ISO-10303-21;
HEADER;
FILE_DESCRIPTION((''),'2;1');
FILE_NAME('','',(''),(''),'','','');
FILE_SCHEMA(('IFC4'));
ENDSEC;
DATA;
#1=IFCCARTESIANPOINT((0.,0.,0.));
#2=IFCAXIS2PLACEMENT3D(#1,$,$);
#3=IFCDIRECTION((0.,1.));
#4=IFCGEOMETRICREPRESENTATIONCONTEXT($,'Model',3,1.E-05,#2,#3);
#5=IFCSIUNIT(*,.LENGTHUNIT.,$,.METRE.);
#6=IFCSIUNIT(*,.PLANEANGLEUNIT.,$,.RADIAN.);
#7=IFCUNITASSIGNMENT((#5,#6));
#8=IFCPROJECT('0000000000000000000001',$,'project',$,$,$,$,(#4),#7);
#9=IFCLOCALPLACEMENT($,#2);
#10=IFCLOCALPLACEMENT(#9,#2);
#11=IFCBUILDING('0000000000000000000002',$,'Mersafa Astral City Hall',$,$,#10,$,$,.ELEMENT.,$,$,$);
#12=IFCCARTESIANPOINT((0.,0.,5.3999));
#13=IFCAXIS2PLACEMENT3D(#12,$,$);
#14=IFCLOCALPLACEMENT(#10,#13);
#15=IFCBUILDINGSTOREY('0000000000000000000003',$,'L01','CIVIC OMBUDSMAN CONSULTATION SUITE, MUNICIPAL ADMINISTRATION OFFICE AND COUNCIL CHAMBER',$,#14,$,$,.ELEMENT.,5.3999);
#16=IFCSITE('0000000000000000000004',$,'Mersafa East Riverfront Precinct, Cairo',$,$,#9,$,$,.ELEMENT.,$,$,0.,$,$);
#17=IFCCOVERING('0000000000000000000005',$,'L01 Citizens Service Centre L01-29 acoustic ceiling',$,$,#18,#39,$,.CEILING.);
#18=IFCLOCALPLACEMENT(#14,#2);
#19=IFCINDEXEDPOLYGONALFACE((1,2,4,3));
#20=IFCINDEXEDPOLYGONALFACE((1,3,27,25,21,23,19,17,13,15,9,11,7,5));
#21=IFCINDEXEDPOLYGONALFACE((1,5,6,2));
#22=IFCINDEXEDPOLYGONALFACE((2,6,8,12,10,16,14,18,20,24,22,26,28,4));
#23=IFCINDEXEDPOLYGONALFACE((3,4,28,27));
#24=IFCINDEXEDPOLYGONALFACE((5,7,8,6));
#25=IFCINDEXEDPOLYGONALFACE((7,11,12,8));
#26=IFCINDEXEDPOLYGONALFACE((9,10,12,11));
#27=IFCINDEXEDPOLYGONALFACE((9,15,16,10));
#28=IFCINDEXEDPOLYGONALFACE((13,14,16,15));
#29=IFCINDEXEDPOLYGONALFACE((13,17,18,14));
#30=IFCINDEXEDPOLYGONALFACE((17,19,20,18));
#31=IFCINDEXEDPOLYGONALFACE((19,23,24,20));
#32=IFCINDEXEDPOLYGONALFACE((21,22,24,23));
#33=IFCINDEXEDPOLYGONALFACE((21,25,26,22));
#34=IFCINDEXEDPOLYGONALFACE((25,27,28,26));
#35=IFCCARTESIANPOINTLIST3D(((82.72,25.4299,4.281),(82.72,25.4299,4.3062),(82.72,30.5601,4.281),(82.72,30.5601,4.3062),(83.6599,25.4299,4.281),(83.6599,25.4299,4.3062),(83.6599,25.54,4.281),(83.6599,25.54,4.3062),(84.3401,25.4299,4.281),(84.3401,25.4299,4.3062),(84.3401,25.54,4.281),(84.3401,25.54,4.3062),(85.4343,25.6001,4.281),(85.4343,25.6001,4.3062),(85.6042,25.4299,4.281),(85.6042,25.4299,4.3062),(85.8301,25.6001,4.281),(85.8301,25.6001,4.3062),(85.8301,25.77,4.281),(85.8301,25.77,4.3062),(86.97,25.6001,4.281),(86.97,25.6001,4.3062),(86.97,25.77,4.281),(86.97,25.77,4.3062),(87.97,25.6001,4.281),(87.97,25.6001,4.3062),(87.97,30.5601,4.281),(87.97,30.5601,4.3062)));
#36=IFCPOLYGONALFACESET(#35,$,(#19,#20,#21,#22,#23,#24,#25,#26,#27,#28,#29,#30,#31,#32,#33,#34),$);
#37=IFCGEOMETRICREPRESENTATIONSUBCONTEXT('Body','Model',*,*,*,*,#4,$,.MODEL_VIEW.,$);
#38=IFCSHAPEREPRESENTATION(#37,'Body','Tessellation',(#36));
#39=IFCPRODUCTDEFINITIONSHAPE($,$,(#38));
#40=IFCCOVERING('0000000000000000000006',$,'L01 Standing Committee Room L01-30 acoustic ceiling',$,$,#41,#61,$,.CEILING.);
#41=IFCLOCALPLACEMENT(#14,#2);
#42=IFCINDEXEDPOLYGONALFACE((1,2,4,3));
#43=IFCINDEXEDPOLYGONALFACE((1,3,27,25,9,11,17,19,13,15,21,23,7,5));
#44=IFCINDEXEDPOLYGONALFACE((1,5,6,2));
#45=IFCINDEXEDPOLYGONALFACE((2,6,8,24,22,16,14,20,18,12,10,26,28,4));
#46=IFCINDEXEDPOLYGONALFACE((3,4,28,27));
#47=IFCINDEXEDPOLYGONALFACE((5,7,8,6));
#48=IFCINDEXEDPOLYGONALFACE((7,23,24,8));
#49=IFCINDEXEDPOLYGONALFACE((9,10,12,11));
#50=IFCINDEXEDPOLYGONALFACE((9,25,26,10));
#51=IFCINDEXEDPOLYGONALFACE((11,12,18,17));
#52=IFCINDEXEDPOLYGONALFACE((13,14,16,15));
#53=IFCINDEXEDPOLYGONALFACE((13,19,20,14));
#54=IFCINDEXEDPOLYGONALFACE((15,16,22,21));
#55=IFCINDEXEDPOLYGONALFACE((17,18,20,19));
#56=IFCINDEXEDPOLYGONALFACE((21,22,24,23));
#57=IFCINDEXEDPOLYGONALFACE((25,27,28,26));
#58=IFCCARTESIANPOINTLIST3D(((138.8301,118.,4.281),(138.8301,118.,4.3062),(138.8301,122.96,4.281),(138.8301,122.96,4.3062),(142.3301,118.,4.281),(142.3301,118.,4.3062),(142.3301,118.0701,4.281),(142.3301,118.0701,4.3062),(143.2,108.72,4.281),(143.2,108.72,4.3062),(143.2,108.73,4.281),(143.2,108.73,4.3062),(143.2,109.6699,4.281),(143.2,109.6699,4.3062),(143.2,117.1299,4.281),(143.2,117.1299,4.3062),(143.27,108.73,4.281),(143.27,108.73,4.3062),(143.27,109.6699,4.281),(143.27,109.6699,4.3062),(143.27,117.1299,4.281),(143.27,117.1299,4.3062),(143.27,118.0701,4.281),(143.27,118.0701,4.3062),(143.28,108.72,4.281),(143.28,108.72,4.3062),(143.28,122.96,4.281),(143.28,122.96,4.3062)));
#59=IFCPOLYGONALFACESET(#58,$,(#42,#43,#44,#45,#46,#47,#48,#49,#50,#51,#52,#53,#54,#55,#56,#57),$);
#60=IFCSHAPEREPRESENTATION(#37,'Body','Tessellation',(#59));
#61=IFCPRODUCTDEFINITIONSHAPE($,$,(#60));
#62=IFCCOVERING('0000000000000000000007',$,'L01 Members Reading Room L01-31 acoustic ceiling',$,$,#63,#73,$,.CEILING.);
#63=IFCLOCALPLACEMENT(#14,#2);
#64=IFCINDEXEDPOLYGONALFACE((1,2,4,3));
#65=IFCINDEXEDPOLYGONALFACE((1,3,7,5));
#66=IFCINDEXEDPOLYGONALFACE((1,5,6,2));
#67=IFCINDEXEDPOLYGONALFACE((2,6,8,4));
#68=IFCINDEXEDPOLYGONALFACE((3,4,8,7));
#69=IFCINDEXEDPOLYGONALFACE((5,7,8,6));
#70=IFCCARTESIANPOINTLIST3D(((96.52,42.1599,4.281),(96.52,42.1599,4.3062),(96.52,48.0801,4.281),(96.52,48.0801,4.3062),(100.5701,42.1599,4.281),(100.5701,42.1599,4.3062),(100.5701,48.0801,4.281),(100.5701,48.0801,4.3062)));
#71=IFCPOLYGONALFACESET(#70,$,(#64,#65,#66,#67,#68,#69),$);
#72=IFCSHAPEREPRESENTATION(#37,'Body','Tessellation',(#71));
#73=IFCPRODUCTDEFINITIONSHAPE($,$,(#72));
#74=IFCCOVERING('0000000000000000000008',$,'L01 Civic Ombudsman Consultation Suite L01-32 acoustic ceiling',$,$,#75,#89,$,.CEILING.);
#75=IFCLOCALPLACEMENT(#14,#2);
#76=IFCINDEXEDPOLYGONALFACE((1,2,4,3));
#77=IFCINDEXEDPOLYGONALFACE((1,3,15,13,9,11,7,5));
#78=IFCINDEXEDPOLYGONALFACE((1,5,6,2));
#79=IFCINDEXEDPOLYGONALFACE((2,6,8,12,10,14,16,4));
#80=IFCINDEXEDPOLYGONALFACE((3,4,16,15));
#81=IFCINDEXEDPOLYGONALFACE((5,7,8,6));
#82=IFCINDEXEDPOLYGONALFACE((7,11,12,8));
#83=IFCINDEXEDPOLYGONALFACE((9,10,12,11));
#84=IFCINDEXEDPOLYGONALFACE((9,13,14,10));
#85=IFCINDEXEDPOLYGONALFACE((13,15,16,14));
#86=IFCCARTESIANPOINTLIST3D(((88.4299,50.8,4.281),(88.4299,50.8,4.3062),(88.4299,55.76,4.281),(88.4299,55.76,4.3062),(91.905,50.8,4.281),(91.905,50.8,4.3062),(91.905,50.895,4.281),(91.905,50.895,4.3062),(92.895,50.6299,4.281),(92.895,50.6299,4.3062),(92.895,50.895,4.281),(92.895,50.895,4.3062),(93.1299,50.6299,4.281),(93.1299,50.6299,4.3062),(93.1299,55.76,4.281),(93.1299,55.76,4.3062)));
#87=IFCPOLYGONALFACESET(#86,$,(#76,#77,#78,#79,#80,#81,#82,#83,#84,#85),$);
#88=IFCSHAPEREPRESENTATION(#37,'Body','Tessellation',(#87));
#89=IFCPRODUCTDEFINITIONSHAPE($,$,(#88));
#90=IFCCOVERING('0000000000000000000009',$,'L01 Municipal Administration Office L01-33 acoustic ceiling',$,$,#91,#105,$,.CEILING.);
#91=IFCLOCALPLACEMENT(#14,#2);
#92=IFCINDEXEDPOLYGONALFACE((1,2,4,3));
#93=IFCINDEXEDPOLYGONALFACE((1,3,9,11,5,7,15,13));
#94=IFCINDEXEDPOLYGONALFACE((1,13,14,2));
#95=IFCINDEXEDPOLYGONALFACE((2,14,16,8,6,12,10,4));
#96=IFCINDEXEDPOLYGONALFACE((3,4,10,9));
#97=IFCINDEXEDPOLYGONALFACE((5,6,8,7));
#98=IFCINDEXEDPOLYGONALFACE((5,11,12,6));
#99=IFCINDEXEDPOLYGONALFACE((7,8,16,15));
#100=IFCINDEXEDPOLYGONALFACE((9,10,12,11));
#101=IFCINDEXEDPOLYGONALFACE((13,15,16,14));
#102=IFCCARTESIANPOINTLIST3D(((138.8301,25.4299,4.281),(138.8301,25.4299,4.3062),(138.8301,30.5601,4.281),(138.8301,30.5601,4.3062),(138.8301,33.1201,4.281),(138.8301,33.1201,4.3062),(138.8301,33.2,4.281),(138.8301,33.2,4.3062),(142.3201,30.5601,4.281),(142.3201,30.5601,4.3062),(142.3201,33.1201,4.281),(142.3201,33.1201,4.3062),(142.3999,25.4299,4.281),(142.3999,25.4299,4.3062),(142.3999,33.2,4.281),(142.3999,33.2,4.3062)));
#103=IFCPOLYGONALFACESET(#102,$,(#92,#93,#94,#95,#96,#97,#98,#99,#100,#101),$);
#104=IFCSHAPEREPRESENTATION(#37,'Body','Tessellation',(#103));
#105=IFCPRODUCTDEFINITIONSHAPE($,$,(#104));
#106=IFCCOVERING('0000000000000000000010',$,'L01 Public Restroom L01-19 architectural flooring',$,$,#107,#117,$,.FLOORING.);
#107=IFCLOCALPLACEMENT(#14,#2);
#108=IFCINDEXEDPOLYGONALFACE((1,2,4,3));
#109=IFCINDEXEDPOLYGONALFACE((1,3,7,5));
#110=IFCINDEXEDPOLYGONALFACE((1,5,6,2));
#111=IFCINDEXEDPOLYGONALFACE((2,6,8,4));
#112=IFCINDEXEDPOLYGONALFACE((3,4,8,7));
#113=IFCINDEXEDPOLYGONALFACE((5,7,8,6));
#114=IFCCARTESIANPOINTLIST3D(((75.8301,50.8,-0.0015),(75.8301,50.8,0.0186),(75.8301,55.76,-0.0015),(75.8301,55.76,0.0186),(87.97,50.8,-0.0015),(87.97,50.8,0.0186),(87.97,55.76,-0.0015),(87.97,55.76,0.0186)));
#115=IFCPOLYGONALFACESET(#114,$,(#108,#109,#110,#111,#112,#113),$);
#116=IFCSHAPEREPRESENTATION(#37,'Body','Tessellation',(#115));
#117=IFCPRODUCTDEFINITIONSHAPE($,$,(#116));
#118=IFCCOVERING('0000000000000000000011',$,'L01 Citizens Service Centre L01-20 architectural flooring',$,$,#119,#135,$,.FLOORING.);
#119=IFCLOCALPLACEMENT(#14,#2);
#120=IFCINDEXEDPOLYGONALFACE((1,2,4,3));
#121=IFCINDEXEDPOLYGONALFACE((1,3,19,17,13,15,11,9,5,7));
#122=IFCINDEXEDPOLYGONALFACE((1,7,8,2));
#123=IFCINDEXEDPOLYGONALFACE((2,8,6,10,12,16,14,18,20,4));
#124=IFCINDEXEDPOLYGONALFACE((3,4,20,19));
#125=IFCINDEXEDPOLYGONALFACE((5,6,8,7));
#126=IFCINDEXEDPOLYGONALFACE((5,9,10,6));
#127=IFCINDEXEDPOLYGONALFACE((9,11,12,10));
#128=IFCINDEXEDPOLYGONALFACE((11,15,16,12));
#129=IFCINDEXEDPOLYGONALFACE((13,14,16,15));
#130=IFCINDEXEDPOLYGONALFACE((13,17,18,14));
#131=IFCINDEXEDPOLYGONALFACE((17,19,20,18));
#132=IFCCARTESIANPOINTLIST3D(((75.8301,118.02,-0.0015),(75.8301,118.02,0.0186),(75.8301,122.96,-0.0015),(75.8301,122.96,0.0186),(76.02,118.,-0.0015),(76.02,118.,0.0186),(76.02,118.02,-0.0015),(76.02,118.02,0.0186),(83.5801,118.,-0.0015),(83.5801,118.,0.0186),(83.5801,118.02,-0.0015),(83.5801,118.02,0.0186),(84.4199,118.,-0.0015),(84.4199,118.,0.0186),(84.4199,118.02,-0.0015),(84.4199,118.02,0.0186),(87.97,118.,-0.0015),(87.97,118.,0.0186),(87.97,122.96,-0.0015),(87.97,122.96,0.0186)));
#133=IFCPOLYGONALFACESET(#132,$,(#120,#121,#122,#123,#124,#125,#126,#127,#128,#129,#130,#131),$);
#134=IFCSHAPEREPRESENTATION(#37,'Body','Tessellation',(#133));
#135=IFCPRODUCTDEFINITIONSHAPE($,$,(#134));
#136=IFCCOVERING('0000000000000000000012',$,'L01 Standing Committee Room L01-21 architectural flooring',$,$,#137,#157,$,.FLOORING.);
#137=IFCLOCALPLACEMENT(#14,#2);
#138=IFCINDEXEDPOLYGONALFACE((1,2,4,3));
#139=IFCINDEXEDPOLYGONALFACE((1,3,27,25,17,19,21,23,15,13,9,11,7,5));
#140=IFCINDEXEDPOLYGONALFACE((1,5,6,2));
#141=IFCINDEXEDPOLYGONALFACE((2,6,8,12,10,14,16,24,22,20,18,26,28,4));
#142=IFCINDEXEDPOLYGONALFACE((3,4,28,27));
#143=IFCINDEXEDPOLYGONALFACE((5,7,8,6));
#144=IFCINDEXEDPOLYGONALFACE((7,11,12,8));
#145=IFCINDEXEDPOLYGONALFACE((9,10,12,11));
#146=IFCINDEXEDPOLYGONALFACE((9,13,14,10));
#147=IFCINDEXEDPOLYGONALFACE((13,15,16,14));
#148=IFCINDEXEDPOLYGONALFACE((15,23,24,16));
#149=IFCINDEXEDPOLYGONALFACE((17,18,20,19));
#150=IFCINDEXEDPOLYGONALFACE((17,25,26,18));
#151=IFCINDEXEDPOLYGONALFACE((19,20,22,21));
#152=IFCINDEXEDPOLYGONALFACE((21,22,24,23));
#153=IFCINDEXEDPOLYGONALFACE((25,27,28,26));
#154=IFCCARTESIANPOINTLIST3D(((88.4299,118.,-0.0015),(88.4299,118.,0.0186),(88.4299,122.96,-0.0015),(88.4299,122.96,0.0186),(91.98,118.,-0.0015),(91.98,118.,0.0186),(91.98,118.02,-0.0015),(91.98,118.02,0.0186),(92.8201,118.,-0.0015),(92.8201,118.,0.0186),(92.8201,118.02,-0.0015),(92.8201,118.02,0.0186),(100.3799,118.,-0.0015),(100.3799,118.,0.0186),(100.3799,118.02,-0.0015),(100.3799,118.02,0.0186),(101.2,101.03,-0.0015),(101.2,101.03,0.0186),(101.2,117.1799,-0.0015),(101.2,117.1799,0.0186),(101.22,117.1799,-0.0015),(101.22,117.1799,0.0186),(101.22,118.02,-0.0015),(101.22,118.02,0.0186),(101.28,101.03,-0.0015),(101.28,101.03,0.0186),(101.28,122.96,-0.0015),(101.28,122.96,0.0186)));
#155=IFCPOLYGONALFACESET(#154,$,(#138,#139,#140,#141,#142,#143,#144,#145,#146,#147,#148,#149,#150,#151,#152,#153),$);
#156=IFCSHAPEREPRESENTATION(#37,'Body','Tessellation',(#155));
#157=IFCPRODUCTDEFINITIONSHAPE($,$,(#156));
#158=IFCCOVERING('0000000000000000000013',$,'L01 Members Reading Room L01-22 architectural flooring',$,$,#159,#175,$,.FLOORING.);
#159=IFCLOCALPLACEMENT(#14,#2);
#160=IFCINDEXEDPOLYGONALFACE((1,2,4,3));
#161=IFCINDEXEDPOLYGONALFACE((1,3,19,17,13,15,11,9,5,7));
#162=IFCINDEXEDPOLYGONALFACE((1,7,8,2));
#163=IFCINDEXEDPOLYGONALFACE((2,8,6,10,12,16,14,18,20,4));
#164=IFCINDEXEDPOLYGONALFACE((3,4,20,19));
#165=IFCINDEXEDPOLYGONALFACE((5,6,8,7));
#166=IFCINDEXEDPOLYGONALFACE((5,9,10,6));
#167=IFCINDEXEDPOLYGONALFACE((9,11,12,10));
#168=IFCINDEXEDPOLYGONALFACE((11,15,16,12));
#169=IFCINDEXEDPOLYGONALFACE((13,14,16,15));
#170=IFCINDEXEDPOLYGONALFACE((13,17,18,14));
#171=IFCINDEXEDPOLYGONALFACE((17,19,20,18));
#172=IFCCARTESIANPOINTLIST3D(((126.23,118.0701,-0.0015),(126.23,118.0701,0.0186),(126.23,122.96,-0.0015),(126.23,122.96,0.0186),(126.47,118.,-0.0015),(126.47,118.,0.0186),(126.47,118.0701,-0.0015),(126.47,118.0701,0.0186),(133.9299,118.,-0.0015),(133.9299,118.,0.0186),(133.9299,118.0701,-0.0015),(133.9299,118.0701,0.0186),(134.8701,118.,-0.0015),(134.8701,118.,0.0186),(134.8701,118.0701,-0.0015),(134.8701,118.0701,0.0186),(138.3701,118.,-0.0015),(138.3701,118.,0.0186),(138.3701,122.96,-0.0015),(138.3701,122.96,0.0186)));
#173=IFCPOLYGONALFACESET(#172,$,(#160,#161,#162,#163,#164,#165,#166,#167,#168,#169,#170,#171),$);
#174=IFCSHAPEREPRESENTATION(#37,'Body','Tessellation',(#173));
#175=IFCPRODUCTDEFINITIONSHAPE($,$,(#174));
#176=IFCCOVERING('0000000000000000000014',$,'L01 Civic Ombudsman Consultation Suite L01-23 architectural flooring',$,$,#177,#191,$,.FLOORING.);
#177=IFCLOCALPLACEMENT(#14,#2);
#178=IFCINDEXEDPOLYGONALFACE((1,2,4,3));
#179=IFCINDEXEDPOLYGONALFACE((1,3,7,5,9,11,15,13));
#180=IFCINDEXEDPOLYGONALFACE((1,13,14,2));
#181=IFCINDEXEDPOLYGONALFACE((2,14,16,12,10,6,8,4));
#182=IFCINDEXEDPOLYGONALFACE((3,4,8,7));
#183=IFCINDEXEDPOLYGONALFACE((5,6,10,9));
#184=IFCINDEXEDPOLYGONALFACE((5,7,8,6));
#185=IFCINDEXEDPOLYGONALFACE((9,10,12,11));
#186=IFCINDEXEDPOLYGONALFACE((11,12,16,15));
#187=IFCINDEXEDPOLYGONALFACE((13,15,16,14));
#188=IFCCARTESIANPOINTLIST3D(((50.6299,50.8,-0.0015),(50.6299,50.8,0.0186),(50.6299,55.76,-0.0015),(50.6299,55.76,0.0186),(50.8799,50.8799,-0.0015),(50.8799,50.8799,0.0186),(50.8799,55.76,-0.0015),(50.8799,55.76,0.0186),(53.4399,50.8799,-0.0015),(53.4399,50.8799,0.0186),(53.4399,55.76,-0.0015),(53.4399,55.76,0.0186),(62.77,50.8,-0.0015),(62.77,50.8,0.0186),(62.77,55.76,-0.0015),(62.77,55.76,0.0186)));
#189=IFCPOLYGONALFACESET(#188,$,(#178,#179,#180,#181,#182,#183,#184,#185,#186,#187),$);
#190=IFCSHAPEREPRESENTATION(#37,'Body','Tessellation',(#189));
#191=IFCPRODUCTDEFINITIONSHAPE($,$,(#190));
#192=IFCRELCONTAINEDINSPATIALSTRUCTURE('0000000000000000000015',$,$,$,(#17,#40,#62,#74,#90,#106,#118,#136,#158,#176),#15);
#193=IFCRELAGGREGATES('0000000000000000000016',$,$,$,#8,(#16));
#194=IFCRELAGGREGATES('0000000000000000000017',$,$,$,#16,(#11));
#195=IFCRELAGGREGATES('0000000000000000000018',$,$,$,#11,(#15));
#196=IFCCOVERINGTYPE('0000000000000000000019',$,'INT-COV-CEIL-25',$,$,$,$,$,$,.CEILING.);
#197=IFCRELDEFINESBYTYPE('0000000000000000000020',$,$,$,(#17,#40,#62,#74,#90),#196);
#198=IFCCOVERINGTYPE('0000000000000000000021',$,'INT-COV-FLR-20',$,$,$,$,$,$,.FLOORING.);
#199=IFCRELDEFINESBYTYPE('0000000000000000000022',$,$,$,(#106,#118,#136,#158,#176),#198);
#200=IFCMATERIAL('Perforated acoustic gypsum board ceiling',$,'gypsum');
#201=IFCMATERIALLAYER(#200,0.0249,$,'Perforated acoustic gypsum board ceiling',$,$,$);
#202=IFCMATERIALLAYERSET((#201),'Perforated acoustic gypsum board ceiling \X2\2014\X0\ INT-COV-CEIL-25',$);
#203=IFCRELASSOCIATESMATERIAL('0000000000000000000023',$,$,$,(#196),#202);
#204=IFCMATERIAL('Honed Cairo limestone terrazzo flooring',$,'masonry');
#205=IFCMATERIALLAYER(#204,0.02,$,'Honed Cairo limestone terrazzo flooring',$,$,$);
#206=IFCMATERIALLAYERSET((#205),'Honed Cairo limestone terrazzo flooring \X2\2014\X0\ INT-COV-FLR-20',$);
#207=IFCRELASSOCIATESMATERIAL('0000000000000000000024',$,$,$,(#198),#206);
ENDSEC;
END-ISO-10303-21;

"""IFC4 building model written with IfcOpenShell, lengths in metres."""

from ifc_helpers import new_model, si_unit, direction, frame, origin, place, context, subcontext, project, spatial, polyline, outline, extrude, material, layer, layer_set, type_object, element, save


model = new_model("IFC4")

# Units and contexts
model_context = context("Model", 3, precision=1e-05, world=origin(), true_north=direction((0.0, 1.0)))
body_context = subcontext(model_context, "Body", "Model", "MODEL_VIEW")
ifc_project = project(units=[si_unit("LENGTHUNIT", "METRE"), si_unit("PLANEANGLEUNIT", "RADIAN")], contexts=[model_context])

# Site, building, storey
site_placement = place(None, origin())
site = spatial("IfcSite", under=ifc_project, at=site_placement, Name="Mersafa East Riverfront Precinct, Cairo", CompositionType="ELEMENT", RefElevation=0.0)
building_placement = place(site_placement, origin())
building = spatial("IfcBuilding", under=site, at=building_placement, Name="Mersafa Astral City Hall", CompositionType="ELEMENT")
storey_placement = place(building_placement, frame((0.0, 0.0, 5.3999)))
storey = spatial("IfcBuildingStorey", under=building, at=storey_placement, Name="L01", Description="CIVIC OMBUDSMAN CONSULTATION SUITE, MUNICIPAL ADMINISTRATION OFFICE AND COUNCIL CHAMBER", CompositionType="ELEMENT", Elevation=5.3999)

# Coverings
ifc_material_1 = material(Name="Perforated acoustic gypsum board ceiling", Category="gypsum")
ifc_layer_1 = layer(ifc_material_1, 0.0249, Name="Perforated acoustic gypsum board ceiling")
ifc_layer_set_1 = layer_set([ifc_layer_1], Name="Perforated acoustic gypsum board ceiling — INT-COV-CEIL-25")
covering_type_1 = type_object("IfcCoveringType", Name="INT-COV-CEIL-25", PredefinedType="CEILING", material=ifc_layer_set_1)
covering_1_placement = place(storey_placement, frame((0.0, 0.0, 4.281)))
element("IfcCovering", 1, at=covering_1_placement, inside=storey, type_object=covering_type_1, Name="L01 Citizens Service Centre L01-29 acoustic ceiling", PredefinedType="CEILING", context=body_context, shape_type="SweptSolid", body=[
    extrude(outline(polyline([(82.72, 25.4299), (82.72, 30.5601), (87.97, 30.5601), (87.97, 25.6001), (86.97, 25.6001), (86.97, 25.77), (85.8301, 25.77), (85.8301, 25.6001), (85.4343, 25.6001), (85.6042, 25.4299), (84.3401, 25.4299), (84.3401, 25.54), (83.6599, 25.54), (83.6599, 25.4299), (82.72, 25.4299)])), origin(), (0.0, 0.0, 1.0), 0.0251),
])
covering_2_placement = place(storey_placement, frame((0.0, 0.0, 4.281)))
element("IfcCovering", 2, at=covering_2_placement, inside=storey, type_object=covering_type_1, Name="L01 Standing Committee Room L01-30 acoustic ceiling", PredefinedType="CEILING", context=body_context, shape_type="SweptSolid", body=[
    extrude(outline(polyline([(138.8301, 118.0), (138.8301, 122.96), (143.28, 122.96), (143.28, 108.72), (143.2, 108.72), (143.2, 108.73), (143.27, 108.73), (143.27, 109.6699), (143.2, 109.6699), (143.2, 117.1299), (143.27, 117.1299), (143.27, 118.0701), (142.3301, 118.0701), (142.3301, 118.0), (138.8301, 118.0)])), origin(), (0.0, 0.0, 1.0), 0.0251),
])
covering_3_placement = place(storey_placement, frame((0.0, 0.0, 4.281)))
element("IfcCovering", 3, at=covering_3_placement, inside=storey, type_object=covering_type_1, Name="L01 Members Reading Room L01-31 acoustic ceiling", PredefinedType="CEILING", context=body_context, shape_type="SweptSolid", body=[
    extrude(outline(polyline([(100.5701, 48.0801), (100.5701, 42.1599), (96.52, 42.1599), (96.52, 48.0801), (100.5701, 48.0801)])), origin(), (0.0, 0.0, 1.0), 0.0251),
])
covering_4_placement = place(storey_placement, frame((0.0, 0.0, 4.281)))
element("IfcCovering", 4, at=covering_4_placement, inside=storey, type_object=covering_type_1, Name="L01 Civic Ombudsman Consultation Suite L01-32 acoustic ceiling", PredefinedType="CEILING", context=body_context, shape_type="SweptSolid", body=[
    extrude(outline(polyline([(93.1299, 55.76), (93.1299, 50.6299), (92.895, 50.6299), (92.895, 50.895), (91.905, 50.895), (91.905, 50.8), (88.4299, 50.8), (88.4299, 55.76), (93.1299, 55.76)])), origin(), (0.0, 0.0, 1.0), 0.0251),
])
covering_5_placement = place(storey_placement, frame((0.0, 0.0, 4.281)))
element("IfcCovering", 5, at=covering_5_placement, inside=storey, type_object=covering_type_1, Name="L01 Municipal Administration Office L01-33 acoustic ceiling", PredefinedType="CEILING", context=body_context, shape_type="SweptSolid", body=[
    extrude(outline(polyline([(138.8301, 25.4299), (138.8301, 30.5601), (142.3201, 30.5601), (142.3201, 33.1201), (138.8301, 33.1201), (138.8301, 33.2), (142.3999, 33.2), (142.3999, 25.4299), (138.8301, 25.4299)])), origin(), (0.0, 0.0, 1.0), 0.0251),
])
ifc_material_2 = material(Name="Honed Cairo limestone terrazzo flooring", Category="masonry")
ifc_layer_2 = layer(ifc_material_2, 0.02, Name="Honed Cairo limestone terrazzo flooring")
ifc_layer_set_2 = layer_set([ifc_layer_2], Name="Honed Cairo limestone terrazzo flooring — INT-COV-FLR-20")
covering_type_2 = type_object("IfcCoveringType", Name="INT-COV-FLR-20", PredefinedType="FLOORING", material=ifc_layer_set_2)
covering_6_placement = place(storey_placement, frame((0.0, 0.0, -0.0015)))
element("IfcCovering", 6, at=covering_6_placement, inside=storey, type_object=covering_type_2, Name="L01 Public Restroom L01-19 architectural flooring", PredefinedType="FLOORING", context=body_context, shape_type="SweptSolid", body=[
    extrude(outline(polyline([(87.97, 55.76), (87.97, 50.8), (75.8301, 50.8), (75.8301, 55.76), (87.97, 55.76)])), origin(), (0.0, 0.0, 1.0), 0.02),
])
covering_7_placement = place(storey_placement, frame((0.0, 0.0, -0.0015)))
element("IfcCovering", 7, at=covering_7_placement, inside=storey, type_object=covering_type_2, Name="L01 Citizens Service Centre L01-20 architectural flooring", PredefinedType="FLOORING", context=body_context, shape_type="SweptSolid", body=[
    extrude(outline(polyline([(87.97, 122.96), (87.97, 118.0), (84.4199, 118.0), (84.4199, 118.02), (83.5801, 118.02), (83.5801, 118.0), (76.02, 118.0), (76.02, 118.02), (75.8301, 118.02), (75.8301, 122.96), (87.97, 122.96)])), origin(), (0.0, 0.0, 1.0), 0.02),
])
covering_8_placement = place(storey_placement, frame((0.0, 0.0, -0.0015)))
element("IfcCovering", 8, at=covering_8_placement, inside=storey, type_object=covering_type_2, Name="L01 Standing Committee Room L01-21 architectural flooring", PredefinedType="FLOORING", context=body_context, shape_type="SweptSolid", body=[
    extrude(outline(polyline([(101.28, 122.96), (101.28, 101.03), (101.2, 101.03), (101.2, 117.1799), (101.22, 117.1799), (101.22, 118.02), (100.3799, 118.02), (100.3799, 118.0), (92.8201, 118.0), (92.8201, 118.02), (91.98, 118.02), (91.98, 118.0), (88.4299, 118.0), (88.4299, 122.96), (101.28, 122.96)])), origin(), (0.0, 0.0, 1.0), 0.02),
])
covering_9_placement = place(storey_placement, frame((0.0, 0.0, -0.0015)))
element("IfcCovering", 9, at=covering_9_placement, inside=storey, type_object=covering_type_2, Name="L01 Members Reading Room L01-22 architectural flooring", PredefinedType="FLOORING", context=body_context, shape_type="SweptSolid", body=[
    extrude(outline(polyline([(126.47, 118.0701), (126.23, 118.0701), (126.23, 122.96), (138.3701, 122.96), (138.3701, 118.0), (134.8701, 118.0), (134.8701, 118.0701), (133.9299, 118.0701), (133.9299, 118.0), (126.47, 118.0), (126.47, 118.0701)])), origin(), (0.0, 0.0, 1.0), 0.02),
])
covering_10_placement = place(storey_placement, frame((0.0, 0.0, -0.0015)))
element("IfcCovering", 10, at=covering_10_placement, inside=storey, type_object=covering_type_2, Name="L01 Civic Ombudsman Consultation Suite L01-23 architectural flooring", PredefinedType="FLOORING", context=body_context, shape_type="SweptSolid", body=[
    extrude(outline(polyline([(50.8799, 55.76), (50.8799, 50.8799), (53.4399, 50.8799), (53.4399, 55.76), (62.77, 55.76), (62.77, 50.8), (50.6299, 50.8), (50.6299, 55.76), (50.8799, 55.76)])), origin(), (0.0, 0.0, 1.0), 0.02),
])

save(model, "model.ifc")
